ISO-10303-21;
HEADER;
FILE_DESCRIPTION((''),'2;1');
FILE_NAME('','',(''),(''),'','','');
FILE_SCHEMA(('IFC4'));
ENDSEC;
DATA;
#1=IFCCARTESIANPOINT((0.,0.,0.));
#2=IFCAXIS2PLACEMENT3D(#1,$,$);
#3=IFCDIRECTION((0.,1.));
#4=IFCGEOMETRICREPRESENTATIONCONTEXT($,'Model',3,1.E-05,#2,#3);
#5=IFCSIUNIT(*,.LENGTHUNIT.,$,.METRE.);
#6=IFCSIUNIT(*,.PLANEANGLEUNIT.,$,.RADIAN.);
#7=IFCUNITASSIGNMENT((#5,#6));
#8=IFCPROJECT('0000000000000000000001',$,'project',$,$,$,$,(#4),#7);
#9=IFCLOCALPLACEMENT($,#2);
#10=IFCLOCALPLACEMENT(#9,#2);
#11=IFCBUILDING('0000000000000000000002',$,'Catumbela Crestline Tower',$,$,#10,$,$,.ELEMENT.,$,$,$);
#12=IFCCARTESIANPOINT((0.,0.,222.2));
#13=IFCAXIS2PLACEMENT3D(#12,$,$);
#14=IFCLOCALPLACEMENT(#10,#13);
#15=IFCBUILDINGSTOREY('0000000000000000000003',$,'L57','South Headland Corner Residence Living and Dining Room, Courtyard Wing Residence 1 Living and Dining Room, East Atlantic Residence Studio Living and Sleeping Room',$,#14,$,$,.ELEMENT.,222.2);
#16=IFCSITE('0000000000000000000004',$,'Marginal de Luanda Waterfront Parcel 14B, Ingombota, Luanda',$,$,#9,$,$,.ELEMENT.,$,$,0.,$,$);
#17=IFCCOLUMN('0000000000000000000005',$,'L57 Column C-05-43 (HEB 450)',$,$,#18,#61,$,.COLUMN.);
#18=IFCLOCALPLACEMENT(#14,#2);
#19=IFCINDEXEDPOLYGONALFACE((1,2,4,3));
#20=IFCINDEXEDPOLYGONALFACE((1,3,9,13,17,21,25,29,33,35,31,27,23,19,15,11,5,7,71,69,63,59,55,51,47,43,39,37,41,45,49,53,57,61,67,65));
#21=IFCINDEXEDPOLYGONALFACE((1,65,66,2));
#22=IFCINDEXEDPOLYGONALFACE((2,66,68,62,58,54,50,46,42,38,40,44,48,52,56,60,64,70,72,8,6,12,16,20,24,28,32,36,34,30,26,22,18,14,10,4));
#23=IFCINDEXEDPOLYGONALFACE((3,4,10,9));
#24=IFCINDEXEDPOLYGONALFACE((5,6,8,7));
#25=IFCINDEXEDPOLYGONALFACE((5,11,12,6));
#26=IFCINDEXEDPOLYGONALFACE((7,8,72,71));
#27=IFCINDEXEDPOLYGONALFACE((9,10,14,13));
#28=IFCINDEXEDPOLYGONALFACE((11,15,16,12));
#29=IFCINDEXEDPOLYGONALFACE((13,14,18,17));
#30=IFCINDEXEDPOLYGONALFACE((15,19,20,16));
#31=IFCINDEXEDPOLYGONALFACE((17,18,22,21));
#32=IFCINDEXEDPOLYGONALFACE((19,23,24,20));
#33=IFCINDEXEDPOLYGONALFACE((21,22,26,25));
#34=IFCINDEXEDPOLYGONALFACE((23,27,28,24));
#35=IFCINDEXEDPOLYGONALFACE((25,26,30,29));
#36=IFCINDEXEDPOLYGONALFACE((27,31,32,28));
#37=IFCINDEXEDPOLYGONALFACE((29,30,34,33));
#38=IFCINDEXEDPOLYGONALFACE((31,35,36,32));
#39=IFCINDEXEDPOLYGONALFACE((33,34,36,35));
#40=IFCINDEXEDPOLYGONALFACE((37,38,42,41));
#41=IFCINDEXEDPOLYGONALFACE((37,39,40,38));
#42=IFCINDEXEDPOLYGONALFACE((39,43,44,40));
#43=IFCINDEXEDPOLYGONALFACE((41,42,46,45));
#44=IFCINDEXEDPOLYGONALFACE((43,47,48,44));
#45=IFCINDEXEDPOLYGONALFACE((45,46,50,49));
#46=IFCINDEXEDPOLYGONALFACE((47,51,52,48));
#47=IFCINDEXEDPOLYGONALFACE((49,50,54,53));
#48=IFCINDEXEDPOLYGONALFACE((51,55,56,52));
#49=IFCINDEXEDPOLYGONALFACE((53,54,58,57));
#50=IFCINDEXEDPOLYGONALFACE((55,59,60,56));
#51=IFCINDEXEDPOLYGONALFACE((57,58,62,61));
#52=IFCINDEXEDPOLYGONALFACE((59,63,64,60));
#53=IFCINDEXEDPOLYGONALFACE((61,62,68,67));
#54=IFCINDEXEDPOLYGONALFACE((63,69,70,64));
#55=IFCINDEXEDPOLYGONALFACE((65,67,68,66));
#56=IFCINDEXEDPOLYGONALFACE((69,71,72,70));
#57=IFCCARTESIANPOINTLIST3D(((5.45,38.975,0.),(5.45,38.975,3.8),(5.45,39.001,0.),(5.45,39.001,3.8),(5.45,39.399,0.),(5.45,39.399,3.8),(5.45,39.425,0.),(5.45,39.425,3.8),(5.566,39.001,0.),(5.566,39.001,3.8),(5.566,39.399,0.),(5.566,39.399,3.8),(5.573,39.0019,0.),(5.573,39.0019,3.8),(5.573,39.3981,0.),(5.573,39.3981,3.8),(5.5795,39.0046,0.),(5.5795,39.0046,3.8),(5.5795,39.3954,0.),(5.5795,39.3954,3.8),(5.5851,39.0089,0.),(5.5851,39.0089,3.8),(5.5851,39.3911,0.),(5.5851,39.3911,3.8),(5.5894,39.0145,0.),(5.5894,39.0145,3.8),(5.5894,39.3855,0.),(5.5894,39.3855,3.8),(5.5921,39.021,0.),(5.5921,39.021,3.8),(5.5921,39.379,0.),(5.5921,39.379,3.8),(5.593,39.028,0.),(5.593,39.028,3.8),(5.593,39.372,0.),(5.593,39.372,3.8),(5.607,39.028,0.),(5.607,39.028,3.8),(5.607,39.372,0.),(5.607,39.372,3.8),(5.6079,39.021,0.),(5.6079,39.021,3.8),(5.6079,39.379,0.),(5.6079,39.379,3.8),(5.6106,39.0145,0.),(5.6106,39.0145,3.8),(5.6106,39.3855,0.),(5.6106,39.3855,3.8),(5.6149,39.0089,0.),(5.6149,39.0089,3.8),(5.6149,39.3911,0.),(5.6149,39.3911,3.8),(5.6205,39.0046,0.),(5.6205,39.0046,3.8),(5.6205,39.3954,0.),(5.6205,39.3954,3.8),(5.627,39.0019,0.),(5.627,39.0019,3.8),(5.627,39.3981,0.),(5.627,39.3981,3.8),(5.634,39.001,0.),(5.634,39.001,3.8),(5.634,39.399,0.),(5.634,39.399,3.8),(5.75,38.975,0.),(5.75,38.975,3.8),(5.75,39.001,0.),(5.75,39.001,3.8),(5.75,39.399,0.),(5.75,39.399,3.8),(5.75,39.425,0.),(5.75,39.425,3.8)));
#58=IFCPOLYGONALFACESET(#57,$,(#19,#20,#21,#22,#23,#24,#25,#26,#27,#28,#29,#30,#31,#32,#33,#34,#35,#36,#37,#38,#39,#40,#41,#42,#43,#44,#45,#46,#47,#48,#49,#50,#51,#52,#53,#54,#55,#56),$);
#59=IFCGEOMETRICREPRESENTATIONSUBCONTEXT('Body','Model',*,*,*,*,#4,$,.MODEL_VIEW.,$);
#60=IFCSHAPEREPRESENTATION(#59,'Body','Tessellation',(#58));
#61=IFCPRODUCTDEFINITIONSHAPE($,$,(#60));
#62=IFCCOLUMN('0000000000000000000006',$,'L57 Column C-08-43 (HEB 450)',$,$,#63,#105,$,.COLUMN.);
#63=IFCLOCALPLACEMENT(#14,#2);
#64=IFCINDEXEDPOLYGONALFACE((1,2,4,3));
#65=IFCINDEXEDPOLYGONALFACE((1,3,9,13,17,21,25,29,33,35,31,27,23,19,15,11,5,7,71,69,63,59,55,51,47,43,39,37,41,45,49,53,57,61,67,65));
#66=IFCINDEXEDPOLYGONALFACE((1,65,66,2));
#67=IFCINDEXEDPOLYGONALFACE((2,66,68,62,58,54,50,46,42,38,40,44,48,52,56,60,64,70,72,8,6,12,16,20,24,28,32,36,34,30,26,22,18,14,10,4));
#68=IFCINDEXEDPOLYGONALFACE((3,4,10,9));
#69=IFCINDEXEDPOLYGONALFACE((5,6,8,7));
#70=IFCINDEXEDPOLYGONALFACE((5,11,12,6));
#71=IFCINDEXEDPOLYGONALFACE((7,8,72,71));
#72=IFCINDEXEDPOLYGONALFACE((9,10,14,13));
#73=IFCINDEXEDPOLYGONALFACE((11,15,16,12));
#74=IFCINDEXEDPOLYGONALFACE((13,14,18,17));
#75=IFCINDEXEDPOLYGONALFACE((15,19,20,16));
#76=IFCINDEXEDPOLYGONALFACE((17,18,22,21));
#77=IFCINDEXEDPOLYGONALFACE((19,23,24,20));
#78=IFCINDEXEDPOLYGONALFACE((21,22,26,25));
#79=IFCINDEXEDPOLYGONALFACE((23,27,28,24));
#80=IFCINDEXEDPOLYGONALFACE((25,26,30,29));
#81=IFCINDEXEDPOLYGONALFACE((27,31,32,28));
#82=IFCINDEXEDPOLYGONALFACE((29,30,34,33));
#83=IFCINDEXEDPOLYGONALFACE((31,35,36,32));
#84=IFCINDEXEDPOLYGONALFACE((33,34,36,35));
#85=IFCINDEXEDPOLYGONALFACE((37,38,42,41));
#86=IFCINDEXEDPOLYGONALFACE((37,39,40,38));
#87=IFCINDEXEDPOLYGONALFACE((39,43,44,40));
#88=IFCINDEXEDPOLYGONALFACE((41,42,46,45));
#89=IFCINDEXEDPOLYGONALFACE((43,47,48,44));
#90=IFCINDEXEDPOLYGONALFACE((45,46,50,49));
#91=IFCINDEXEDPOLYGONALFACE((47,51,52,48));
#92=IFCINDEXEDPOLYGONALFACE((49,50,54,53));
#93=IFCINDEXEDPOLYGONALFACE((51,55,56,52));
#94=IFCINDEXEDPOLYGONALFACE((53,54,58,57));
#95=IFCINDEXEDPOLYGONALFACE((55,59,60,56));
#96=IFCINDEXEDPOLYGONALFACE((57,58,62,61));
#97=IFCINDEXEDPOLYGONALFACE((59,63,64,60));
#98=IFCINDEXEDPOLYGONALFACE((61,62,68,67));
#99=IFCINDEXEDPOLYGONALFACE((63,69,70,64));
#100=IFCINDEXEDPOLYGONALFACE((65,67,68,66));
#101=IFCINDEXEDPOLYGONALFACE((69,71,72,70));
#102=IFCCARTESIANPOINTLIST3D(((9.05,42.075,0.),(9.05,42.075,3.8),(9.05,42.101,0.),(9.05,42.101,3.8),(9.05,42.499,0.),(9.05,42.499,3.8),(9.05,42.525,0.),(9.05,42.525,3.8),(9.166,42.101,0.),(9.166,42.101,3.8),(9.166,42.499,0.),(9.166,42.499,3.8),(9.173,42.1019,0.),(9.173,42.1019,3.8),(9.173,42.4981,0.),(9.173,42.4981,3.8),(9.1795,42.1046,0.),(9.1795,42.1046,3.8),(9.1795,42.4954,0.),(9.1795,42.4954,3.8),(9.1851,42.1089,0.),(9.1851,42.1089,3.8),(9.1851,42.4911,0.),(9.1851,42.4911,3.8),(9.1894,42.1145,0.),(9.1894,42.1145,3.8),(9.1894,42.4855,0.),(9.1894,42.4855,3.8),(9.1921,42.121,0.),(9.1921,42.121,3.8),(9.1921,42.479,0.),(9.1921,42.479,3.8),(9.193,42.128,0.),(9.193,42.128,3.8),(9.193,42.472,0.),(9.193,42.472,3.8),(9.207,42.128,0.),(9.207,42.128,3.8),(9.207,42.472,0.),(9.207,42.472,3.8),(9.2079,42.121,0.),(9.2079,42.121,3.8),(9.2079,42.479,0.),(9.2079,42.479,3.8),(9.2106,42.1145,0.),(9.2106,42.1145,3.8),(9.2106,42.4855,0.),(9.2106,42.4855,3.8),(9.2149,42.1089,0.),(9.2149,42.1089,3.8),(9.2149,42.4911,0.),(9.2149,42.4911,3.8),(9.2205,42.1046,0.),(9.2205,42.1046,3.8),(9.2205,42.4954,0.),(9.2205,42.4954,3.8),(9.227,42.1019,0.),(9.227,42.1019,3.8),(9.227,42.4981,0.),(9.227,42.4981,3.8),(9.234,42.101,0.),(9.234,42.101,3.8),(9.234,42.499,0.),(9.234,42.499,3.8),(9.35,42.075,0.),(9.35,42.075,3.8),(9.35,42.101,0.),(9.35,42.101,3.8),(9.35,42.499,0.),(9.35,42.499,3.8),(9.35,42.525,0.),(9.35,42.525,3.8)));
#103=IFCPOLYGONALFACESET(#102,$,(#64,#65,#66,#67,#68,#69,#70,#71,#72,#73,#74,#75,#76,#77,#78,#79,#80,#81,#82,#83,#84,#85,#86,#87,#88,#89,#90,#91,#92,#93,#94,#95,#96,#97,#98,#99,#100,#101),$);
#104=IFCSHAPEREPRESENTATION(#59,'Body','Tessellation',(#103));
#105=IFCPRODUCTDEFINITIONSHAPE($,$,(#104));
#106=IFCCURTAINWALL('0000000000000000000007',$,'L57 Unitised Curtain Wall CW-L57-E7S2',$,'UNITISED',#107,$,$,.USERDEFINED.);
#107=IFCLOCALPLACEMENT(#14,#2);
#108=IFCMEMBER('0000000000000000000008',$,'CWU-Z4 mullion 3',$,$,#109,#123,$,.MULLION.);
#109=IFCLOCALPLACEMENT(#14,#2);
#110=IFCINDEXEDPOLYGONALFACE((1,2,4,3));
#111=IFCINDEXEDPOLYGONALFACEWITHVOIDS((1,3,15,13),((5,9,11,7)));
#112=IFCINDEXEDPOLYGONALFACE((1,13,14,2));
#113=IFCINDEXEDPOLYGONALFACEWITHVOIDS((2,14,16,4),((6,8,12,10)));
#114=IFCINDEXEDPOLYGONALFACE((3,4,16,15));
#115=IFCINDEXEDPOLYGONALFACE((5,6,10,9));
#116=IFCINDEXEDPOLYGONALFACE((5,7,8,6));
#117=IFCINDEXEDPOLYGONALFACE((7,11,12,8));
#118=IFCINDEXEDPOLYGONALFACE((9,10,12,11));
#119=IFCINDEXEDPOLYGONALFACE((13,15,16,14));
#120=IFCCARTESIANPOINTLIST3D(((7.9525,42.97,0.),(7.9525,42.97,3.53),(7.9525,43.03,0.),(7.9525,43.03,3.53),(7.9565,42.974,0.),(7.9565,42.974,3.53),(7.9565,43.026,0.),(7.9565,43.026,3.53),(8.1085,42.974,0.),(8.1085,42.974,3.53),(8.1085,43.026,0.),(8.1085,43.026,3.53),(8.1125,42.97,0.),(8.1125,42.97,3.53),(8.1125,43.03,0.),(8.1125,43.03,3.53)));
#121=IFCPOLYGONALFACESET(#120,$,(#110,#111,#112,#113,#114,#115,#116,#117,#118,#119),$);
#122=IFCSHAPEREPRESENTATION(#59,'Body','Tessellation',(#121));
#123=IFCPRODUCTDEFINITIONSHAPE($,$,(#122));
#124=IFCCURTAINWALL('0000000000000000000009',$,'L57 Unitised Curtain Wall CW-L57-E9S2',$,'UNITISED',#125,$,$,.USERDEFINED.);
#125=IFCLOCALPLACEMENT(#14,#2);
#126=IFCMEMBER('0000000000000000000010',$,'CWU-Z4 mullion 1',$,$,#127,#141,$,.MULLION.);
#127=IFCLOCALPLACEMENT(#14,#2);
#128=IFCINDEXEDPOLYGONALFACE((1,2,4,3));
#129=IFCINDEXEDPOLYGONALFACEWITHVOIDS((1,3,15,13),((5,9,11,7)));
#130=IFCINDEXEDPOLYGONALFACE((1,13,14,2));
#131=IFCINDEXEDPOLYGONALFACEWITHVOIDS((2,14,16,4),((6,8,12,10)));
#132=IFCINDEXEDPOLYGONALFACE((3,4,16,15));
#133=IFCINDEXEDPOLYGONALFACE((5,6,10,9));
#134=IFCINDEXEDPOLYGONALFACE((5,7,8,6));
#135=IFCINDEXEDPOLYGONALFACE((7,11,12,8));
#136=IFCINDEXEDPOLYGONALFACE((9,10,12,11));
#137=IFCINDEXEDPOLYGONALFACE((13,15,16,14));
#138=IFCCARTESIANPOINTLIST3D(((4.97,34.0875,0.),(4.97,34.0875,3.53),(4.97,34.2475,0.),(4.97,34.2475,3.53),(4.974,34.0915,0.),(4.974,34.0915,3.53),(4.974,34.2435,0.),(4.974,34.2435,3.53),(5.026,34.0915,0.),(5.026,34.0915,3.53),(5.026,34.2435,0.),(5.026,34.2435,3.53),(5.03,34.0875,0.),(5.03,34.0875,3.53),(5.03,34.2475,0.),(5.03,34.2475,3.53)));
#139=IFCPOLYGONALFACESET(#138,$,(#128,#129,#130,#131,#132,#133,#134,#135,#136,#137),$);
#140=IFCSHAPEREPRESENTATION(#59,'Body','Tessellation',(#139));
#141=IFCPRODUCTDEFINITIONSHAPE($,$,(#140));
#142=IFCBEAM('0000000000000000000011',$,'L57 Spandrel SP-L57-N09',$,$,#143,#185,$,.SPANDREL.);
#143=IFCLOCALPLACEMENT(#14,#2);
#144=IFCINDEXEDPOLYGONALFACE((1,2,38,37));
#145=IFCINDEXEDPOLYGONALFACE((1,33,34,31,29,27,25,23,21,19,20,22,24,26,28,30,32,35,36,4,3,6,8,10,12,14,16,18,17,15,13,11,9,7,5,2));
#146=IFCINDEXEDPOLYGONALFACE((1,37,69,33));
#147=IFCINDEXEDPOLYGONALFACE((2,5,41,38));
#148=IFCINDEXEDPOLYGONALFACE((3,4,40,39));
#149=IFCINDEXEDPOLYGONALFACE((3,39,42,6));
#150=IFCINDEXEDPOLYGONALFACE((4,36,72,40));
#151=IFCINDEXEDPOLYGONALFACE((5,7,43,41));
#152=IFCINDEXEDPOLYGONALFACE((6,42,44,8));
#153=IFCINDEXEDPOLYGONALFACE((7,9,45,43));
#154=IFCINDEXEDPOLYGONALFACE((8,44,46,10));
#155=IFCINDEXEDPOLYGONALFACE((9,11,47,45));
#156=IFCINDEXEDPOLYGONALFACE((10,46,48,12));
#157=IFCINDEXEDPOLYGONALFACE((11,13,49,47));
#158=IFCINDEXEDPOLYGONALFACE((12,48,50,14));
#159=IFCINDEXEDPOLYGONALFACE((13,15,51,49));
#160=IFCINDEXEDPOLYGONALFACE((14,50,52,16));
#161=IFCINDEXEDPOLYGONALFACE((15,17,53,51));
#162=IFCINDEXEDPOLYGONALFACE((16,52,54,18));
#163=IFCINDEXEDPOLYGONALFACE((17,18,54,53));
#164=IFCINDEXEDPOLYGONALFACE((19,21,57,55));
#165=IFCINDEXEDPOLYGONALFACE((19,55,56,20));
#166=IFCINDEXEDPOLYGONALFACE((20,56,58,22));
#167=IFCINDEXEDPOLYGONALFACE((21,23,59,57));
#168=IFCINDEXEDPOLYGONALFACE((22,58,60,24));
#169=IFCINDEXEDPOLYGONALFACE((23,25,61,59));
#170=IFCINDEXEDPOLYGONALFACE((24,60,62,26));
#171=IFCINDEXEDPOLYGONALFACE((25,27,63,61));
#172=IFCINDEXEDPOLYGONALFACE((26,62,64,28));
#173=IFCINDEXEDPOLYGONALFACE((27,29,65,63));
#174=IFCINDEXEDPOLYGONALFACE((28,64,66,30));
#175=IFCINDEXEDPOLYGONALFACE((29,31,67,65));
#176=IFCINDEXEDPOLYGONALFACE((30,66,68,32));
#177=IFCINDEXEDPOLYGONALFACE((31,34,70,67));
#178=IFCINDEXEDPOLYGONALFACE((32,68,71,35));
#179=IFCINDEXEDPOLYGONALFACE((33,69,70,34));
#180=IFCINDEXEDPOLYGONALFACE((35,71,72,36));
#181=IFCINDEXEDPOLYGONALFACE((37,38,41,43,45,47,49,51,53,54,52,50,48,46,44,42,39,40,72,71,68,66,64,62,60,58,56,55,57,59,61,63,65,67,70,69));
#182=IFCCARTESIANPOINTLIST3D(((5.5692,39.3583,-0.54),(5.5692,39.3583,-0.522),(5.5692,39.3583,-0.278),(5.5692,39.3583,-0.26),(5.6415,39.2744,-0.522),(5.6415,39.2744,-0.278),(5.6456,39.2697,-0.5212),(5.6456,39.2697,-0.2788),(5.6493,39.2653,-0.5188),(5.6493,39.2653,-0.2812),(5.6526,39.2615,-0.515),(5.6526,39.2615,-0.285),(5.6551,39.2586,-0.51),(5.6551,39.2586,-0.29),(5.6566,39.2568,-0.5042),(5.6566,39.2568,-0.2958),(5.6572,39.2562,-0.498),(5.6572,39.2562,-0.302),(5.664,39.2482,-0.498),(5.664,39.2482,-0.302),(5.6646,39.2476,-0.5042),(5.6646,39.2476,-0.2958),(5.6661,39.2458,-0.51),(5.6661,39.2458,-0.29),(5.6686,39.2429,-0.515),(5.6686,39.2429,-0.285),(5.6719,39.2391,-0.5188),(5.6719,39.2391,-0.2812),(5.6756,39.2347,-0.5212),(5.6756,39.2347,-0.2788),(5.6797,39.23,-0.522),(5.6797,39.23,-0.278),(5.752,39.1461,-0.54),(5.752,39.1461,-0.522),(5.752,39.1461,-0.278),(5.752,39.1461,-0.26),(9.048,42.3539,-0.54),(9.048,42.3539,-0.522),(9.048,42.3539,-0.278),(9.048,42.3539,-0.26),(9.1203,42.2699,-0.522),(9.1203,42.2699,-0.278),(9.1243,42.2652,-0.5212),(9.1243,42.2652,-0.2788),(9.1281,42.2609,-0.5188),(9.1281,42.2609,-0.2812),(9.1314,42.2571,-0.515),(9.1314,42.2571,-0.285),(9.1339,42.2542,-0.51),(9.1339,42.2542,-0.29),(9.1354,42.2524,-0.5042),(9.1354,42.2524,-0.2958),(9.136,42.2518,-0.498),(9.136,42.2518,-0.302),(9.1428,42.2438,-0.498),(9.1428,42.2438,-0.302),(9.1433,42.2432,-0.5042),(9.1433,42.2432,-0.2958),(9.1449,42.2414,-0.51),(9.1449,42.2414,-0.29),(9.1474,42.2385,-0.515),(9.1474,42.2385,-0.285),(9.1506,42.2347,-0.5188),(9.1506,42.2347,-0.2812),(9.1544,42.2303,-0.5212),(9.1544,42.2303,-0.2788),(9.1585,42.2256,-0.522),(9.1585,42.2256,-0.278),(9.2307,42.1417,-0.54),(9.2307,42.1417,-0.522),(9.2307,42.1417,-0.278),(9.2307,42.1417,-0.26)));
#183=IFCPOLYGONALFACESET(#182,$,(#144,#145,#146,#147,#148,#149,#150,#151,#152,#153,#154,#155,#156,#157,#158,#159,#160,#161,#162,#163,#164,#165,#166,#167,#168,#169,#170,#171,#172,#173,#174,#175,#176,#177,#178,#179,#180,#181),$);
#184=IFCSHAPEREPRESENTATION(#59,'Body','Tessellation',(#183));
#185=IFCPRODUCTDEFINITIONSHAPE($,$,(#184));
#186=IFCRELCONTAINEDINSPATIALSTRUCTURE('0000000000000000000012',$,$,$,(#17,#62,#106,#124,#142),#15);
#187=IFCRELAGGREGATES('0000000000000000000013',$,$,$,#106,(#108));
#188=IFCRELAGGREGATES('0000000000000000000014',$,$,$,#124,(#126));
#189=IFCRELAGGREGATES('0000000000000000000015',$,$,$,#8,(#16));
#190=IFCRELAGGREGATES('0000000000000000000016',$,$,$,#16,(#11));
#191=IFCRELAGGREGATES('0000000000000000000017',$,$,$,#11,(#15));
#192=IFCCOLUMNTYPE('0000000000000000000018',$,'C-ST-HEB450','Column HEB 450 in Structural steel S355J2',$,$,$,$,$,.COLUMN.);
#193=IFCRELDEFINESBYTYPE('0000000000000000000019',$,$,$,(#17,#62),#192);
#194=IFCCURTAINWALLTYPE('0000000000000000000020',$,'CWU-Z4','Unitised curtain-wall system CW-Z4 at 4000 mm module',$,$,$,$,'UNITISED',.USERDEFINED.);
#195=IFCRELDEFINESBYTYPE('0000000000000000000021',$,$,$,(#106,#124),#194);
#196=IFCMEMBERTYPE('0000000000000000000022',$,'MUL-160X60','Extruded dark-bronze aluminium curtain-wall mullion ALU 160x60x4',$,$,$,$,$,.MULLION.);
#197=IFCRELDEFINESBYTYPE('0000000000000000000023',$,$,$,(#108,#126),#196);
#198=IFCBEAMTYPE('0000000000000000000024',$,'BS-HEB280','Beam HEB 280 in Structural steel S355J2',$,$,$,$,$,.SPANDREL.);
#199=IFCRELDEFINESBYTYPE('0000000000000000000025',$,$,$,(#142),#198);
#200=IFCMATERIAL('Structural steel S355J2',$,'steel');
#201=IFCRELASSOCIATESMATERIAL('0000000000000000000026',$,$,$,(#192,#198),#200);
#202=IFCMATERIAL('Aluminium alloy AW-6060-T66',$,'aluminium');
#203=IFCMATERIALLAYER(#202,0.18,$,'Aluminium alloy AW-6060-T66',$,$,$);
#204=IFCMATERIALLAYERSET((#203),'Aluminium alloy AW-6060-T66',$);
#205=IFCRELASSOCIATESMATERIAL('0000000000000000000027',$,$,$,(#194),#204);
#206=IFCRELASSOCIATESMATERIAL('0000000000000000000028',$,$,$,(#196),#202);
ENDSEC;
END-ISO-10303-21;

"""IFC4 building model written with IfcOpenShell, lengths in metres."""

from ifc_helpers import new_model, si_unit, direction, frame, origin, origin_2d, place, context, subcontext, project, spatial, hollow_rectangle, i_section, extrude, material, layer, layer_set, material_profile, profile_set, type_object, element, aggregate, save


model = new_model("IFC4")

# Units and contexts
model_context = context("Model", 3, precision=1e-05, world=origin(), true_north=direction((0.0, 1.0)))
body_context = subcontext(model_context, "Body", "Model", "MODEL_VIEW")
ifc_project = project(units=[si_unit("LENGTHUNIT", "METRE"), si_unit("PLANEANGLEUNIT", "RADIAN")], contexts=[model_context])

# Site, building, storey
site_placement = place(None, origin())
site = spatial("IfcSite", under=ifc_project, at=site_placement, Name="Marginal de Luanda Waterfront Parcel 14B, Ingombota, Luanda", CompositionType="ELEMENT", RefElevation=0.0)
building_placement = place(site_placement, origin())
building = spatial("IfcBuilding", under=site, at=building_placement, Name="Catumbela Crestline Tower", CompositionType="ELEMENT")
storey_placement = place(building_placement, frame((0.0, 0.0, 222.2)))
storey = spatial("IfcBuildingStorey", under=building, at=storey_placement, Name="L57", Description="South Headland Corner Residence Living and Dining Room, Courtyard Wing Residence 1 Living and Dining Room, East Atlantic Residence Studio Living and Sleeping Room", CompositionType="ELEMENT", Elevation=222.2)

# Columns
ifc_material_1 = material(Name="Structural steel S355J2", Category="steel")
ifc_material_profile_1 = material_profile(ifc_material_1, i_section(OverallWidth=0.3, OverallDepth=0.45, WebThickness=0.014, FlangeThickness=0.026, FilletRadius=0.027, at=origin_2d()), Name="HEB 450")
ifc_profile_set_1 = profile_set([ifc_material_profile_1], Name="Structural steel S355J2")
column_type = type_object("IfcColumnType", Name="C-ST-HEB450", Description="Column HEB 450 in Structural steel S355J2", PredefinedType="COLUMN", material=ifc_profile_set_1)
for number, where, z_axis, x_axis, name in (
    (1, (5.6, 39.2, 0.0), (0.0, 0.0, 1.0), (1.0, 0.0, 0.0), "L57 Column C-05-43 (HEB 450)"),
    (2, (9.2, 42.3, 0.0), (0.0, 0.0, 1.0), (1.0, 0.0, 0.0), "L57 Column C-08-43 (HEB 450)"),
):
    element("IfcColumn", number, at=place(storey_placement, frame(where, z_axis=z_axis, x_axis=x_axis)), inside=storey, type_object=column_type, Name=name, PredefinedType="COLUMN", context=body_context, shape_type="SweptSolid", body=[
        extrude(i_section(OverallWidth=0.3, OverallDepth=0.45, WebThickness=0.014, FlangeThickness=0.026, FilletRadius=0.027, at=origin_2d()), origin(), (0.0, 0.0, 1.0), 3.8),
    ])

# Curtain walls, members
ifc_material_2 = material(Name="Aluminium alloy AW-6060-T66", Category="aluminium")
ifc_layer_1 = layer(ifc_material_2, 0.18, Name="Aluminium alloy AW-6060-T66")
ifc_layer_set_1 = layer_set([ifc_layer_1], Name="Aluminium alloy AW-6060-T66")
curtain_wall_type = type_object("IfcCurtainWallType", Name="CWU-Z4", Description="Unitised curtain-wall system CW-Z4 at 4000 mm module", ElementType="UNITISED", PredefinedType="USERDEFINED", material=ifc_layer_set_1)
curtain_wall_1_placement = place(storey_placement, origin())
curtain_wall_1 = element("IfcCurtainWall", 3, at=curtain_wall_1_placement, inside=storey, type_object=curtain_wall_type, Name="L57 Unitised Curtain Wall CW-L57-E7S2", ObjectType="UNITISED", PredefinedType="USERDEFINED")
ifc_material_profile_2 = material_profile(ifc_material_2, hollow_rectangle(XDim=0.06, YDim=0.16, WallThickness=0.004, at=origin_2d()), Name="ALU 160x60x4")
ifc_profile_set_2 = profile_set([ifc_material_profile_2], Name="Aluminium alloy AW-6060-T66")
member_type_1 = type_object("IfcMemberType", Name="MUL-160X60", Description="Extruded dark-bronze aluminium curtain-wall mullion ALU 160x60x4", PredefinedType="MULLION", material=ifc_profile_set_2)
member_1_placement = place(storey_placement, frame((8.0325, 43.0, 0.0), z_axis=(0.0, 0.0, 1.0), x_axis=(0.0, -1.0, 0.0)))
member_1 = element("IfcMember", 4, at=member_1_placement, type_object=member_type_1, Name="CWU-Z4 mullion 3", PredefinedType="MULLION", context=body_context, shape_type="SweptSolid", body=[
    extrude(hollow_rectangle(XDim=0.06, YDim=0.16, WallThickness=0.004, at=origin_2d()), origin(), (0.0, 0.0, 1.0), 3.53),
])
aggregate(curtain_wall_1, [member_1])
curtain_wall_2_placement = place(storey_placement, origin())
curtain_wall_2 = element("IfcCurtainWall", 5, at=curtain_wall_2_placement, inside=storey, type_object=curtain_wall_type, Name="L57 Unitised Curtain Wall CW-L57-E9S2", ObjectType="UNITISED", PredefinedType="USERDEFINED")
member_2_placement = place(storey_placement, frame((5.0, 34.1675, 0.0), z_axis=(0.0, 0.0, 1.0), x_axis=(1.0, 0.0, 0.0)))
member_2 = element("IfcMember", 6, at=member_2_placement, type_object=member_type_1, Name="CWU-Z4 mullion 1", PredefinedType="MULLION", context=body_context, shape_type="SweptSolid", body=[
    extrude(hollow_rectangle(XDim=0.06, YDim=0.16, WallThickness=0.004, at=origin_2d()), origin(), (0.0, 0.0, 1.0), 3.53),
])

# Beam
ifc_material_profile_3 = material_profile(ifc_material_1, i_section(OverallWidth=0.28, OverallDepth=0.28, WebThickness=0.0105, FlangeThickness=0.018, FilletRadius=0.024, at=origin_2d()), Name="HEB 280")
ifc_profile_set_3 = profile_set([ifc_material_profile_3], Name="Structural steel S355J2")
beam_type = type_object("IfcBeamType", Name="BS-HEB280", Description="Beam HEB 280 in Structural steel S355J2", PredefinedType="SPANDREL", material=ifc_profile_set_3)
beam_1_placement = place(storey_placement, frame((5.6606, 39.2522, -0.4), z_axis=(0.757772, 0.652519, 0.0), x_axis=(-0.652519, 0.757772, 0.0)))
element("IfcBeam", 7, at=beam_1_placement, inside=storey, type_object=beam_type, Name="L57 Spandrel SP-L57-N09", PredefinedType="SPANDREL", context=body_context, shape_type="SweptSolid", body=[
    extrude(i_section(OverallWidth=0.28, OverallDepth=0.28, WebThickness=0.0105, FlangeThickness=0.018, FilletRadius=0.024, at=origin_2d()), origin(), (0.0, 0.0, 1.0), 4.5908),
])

aggregate(curtain_wall_2, [member_2])

save(model, "model.ifc")
